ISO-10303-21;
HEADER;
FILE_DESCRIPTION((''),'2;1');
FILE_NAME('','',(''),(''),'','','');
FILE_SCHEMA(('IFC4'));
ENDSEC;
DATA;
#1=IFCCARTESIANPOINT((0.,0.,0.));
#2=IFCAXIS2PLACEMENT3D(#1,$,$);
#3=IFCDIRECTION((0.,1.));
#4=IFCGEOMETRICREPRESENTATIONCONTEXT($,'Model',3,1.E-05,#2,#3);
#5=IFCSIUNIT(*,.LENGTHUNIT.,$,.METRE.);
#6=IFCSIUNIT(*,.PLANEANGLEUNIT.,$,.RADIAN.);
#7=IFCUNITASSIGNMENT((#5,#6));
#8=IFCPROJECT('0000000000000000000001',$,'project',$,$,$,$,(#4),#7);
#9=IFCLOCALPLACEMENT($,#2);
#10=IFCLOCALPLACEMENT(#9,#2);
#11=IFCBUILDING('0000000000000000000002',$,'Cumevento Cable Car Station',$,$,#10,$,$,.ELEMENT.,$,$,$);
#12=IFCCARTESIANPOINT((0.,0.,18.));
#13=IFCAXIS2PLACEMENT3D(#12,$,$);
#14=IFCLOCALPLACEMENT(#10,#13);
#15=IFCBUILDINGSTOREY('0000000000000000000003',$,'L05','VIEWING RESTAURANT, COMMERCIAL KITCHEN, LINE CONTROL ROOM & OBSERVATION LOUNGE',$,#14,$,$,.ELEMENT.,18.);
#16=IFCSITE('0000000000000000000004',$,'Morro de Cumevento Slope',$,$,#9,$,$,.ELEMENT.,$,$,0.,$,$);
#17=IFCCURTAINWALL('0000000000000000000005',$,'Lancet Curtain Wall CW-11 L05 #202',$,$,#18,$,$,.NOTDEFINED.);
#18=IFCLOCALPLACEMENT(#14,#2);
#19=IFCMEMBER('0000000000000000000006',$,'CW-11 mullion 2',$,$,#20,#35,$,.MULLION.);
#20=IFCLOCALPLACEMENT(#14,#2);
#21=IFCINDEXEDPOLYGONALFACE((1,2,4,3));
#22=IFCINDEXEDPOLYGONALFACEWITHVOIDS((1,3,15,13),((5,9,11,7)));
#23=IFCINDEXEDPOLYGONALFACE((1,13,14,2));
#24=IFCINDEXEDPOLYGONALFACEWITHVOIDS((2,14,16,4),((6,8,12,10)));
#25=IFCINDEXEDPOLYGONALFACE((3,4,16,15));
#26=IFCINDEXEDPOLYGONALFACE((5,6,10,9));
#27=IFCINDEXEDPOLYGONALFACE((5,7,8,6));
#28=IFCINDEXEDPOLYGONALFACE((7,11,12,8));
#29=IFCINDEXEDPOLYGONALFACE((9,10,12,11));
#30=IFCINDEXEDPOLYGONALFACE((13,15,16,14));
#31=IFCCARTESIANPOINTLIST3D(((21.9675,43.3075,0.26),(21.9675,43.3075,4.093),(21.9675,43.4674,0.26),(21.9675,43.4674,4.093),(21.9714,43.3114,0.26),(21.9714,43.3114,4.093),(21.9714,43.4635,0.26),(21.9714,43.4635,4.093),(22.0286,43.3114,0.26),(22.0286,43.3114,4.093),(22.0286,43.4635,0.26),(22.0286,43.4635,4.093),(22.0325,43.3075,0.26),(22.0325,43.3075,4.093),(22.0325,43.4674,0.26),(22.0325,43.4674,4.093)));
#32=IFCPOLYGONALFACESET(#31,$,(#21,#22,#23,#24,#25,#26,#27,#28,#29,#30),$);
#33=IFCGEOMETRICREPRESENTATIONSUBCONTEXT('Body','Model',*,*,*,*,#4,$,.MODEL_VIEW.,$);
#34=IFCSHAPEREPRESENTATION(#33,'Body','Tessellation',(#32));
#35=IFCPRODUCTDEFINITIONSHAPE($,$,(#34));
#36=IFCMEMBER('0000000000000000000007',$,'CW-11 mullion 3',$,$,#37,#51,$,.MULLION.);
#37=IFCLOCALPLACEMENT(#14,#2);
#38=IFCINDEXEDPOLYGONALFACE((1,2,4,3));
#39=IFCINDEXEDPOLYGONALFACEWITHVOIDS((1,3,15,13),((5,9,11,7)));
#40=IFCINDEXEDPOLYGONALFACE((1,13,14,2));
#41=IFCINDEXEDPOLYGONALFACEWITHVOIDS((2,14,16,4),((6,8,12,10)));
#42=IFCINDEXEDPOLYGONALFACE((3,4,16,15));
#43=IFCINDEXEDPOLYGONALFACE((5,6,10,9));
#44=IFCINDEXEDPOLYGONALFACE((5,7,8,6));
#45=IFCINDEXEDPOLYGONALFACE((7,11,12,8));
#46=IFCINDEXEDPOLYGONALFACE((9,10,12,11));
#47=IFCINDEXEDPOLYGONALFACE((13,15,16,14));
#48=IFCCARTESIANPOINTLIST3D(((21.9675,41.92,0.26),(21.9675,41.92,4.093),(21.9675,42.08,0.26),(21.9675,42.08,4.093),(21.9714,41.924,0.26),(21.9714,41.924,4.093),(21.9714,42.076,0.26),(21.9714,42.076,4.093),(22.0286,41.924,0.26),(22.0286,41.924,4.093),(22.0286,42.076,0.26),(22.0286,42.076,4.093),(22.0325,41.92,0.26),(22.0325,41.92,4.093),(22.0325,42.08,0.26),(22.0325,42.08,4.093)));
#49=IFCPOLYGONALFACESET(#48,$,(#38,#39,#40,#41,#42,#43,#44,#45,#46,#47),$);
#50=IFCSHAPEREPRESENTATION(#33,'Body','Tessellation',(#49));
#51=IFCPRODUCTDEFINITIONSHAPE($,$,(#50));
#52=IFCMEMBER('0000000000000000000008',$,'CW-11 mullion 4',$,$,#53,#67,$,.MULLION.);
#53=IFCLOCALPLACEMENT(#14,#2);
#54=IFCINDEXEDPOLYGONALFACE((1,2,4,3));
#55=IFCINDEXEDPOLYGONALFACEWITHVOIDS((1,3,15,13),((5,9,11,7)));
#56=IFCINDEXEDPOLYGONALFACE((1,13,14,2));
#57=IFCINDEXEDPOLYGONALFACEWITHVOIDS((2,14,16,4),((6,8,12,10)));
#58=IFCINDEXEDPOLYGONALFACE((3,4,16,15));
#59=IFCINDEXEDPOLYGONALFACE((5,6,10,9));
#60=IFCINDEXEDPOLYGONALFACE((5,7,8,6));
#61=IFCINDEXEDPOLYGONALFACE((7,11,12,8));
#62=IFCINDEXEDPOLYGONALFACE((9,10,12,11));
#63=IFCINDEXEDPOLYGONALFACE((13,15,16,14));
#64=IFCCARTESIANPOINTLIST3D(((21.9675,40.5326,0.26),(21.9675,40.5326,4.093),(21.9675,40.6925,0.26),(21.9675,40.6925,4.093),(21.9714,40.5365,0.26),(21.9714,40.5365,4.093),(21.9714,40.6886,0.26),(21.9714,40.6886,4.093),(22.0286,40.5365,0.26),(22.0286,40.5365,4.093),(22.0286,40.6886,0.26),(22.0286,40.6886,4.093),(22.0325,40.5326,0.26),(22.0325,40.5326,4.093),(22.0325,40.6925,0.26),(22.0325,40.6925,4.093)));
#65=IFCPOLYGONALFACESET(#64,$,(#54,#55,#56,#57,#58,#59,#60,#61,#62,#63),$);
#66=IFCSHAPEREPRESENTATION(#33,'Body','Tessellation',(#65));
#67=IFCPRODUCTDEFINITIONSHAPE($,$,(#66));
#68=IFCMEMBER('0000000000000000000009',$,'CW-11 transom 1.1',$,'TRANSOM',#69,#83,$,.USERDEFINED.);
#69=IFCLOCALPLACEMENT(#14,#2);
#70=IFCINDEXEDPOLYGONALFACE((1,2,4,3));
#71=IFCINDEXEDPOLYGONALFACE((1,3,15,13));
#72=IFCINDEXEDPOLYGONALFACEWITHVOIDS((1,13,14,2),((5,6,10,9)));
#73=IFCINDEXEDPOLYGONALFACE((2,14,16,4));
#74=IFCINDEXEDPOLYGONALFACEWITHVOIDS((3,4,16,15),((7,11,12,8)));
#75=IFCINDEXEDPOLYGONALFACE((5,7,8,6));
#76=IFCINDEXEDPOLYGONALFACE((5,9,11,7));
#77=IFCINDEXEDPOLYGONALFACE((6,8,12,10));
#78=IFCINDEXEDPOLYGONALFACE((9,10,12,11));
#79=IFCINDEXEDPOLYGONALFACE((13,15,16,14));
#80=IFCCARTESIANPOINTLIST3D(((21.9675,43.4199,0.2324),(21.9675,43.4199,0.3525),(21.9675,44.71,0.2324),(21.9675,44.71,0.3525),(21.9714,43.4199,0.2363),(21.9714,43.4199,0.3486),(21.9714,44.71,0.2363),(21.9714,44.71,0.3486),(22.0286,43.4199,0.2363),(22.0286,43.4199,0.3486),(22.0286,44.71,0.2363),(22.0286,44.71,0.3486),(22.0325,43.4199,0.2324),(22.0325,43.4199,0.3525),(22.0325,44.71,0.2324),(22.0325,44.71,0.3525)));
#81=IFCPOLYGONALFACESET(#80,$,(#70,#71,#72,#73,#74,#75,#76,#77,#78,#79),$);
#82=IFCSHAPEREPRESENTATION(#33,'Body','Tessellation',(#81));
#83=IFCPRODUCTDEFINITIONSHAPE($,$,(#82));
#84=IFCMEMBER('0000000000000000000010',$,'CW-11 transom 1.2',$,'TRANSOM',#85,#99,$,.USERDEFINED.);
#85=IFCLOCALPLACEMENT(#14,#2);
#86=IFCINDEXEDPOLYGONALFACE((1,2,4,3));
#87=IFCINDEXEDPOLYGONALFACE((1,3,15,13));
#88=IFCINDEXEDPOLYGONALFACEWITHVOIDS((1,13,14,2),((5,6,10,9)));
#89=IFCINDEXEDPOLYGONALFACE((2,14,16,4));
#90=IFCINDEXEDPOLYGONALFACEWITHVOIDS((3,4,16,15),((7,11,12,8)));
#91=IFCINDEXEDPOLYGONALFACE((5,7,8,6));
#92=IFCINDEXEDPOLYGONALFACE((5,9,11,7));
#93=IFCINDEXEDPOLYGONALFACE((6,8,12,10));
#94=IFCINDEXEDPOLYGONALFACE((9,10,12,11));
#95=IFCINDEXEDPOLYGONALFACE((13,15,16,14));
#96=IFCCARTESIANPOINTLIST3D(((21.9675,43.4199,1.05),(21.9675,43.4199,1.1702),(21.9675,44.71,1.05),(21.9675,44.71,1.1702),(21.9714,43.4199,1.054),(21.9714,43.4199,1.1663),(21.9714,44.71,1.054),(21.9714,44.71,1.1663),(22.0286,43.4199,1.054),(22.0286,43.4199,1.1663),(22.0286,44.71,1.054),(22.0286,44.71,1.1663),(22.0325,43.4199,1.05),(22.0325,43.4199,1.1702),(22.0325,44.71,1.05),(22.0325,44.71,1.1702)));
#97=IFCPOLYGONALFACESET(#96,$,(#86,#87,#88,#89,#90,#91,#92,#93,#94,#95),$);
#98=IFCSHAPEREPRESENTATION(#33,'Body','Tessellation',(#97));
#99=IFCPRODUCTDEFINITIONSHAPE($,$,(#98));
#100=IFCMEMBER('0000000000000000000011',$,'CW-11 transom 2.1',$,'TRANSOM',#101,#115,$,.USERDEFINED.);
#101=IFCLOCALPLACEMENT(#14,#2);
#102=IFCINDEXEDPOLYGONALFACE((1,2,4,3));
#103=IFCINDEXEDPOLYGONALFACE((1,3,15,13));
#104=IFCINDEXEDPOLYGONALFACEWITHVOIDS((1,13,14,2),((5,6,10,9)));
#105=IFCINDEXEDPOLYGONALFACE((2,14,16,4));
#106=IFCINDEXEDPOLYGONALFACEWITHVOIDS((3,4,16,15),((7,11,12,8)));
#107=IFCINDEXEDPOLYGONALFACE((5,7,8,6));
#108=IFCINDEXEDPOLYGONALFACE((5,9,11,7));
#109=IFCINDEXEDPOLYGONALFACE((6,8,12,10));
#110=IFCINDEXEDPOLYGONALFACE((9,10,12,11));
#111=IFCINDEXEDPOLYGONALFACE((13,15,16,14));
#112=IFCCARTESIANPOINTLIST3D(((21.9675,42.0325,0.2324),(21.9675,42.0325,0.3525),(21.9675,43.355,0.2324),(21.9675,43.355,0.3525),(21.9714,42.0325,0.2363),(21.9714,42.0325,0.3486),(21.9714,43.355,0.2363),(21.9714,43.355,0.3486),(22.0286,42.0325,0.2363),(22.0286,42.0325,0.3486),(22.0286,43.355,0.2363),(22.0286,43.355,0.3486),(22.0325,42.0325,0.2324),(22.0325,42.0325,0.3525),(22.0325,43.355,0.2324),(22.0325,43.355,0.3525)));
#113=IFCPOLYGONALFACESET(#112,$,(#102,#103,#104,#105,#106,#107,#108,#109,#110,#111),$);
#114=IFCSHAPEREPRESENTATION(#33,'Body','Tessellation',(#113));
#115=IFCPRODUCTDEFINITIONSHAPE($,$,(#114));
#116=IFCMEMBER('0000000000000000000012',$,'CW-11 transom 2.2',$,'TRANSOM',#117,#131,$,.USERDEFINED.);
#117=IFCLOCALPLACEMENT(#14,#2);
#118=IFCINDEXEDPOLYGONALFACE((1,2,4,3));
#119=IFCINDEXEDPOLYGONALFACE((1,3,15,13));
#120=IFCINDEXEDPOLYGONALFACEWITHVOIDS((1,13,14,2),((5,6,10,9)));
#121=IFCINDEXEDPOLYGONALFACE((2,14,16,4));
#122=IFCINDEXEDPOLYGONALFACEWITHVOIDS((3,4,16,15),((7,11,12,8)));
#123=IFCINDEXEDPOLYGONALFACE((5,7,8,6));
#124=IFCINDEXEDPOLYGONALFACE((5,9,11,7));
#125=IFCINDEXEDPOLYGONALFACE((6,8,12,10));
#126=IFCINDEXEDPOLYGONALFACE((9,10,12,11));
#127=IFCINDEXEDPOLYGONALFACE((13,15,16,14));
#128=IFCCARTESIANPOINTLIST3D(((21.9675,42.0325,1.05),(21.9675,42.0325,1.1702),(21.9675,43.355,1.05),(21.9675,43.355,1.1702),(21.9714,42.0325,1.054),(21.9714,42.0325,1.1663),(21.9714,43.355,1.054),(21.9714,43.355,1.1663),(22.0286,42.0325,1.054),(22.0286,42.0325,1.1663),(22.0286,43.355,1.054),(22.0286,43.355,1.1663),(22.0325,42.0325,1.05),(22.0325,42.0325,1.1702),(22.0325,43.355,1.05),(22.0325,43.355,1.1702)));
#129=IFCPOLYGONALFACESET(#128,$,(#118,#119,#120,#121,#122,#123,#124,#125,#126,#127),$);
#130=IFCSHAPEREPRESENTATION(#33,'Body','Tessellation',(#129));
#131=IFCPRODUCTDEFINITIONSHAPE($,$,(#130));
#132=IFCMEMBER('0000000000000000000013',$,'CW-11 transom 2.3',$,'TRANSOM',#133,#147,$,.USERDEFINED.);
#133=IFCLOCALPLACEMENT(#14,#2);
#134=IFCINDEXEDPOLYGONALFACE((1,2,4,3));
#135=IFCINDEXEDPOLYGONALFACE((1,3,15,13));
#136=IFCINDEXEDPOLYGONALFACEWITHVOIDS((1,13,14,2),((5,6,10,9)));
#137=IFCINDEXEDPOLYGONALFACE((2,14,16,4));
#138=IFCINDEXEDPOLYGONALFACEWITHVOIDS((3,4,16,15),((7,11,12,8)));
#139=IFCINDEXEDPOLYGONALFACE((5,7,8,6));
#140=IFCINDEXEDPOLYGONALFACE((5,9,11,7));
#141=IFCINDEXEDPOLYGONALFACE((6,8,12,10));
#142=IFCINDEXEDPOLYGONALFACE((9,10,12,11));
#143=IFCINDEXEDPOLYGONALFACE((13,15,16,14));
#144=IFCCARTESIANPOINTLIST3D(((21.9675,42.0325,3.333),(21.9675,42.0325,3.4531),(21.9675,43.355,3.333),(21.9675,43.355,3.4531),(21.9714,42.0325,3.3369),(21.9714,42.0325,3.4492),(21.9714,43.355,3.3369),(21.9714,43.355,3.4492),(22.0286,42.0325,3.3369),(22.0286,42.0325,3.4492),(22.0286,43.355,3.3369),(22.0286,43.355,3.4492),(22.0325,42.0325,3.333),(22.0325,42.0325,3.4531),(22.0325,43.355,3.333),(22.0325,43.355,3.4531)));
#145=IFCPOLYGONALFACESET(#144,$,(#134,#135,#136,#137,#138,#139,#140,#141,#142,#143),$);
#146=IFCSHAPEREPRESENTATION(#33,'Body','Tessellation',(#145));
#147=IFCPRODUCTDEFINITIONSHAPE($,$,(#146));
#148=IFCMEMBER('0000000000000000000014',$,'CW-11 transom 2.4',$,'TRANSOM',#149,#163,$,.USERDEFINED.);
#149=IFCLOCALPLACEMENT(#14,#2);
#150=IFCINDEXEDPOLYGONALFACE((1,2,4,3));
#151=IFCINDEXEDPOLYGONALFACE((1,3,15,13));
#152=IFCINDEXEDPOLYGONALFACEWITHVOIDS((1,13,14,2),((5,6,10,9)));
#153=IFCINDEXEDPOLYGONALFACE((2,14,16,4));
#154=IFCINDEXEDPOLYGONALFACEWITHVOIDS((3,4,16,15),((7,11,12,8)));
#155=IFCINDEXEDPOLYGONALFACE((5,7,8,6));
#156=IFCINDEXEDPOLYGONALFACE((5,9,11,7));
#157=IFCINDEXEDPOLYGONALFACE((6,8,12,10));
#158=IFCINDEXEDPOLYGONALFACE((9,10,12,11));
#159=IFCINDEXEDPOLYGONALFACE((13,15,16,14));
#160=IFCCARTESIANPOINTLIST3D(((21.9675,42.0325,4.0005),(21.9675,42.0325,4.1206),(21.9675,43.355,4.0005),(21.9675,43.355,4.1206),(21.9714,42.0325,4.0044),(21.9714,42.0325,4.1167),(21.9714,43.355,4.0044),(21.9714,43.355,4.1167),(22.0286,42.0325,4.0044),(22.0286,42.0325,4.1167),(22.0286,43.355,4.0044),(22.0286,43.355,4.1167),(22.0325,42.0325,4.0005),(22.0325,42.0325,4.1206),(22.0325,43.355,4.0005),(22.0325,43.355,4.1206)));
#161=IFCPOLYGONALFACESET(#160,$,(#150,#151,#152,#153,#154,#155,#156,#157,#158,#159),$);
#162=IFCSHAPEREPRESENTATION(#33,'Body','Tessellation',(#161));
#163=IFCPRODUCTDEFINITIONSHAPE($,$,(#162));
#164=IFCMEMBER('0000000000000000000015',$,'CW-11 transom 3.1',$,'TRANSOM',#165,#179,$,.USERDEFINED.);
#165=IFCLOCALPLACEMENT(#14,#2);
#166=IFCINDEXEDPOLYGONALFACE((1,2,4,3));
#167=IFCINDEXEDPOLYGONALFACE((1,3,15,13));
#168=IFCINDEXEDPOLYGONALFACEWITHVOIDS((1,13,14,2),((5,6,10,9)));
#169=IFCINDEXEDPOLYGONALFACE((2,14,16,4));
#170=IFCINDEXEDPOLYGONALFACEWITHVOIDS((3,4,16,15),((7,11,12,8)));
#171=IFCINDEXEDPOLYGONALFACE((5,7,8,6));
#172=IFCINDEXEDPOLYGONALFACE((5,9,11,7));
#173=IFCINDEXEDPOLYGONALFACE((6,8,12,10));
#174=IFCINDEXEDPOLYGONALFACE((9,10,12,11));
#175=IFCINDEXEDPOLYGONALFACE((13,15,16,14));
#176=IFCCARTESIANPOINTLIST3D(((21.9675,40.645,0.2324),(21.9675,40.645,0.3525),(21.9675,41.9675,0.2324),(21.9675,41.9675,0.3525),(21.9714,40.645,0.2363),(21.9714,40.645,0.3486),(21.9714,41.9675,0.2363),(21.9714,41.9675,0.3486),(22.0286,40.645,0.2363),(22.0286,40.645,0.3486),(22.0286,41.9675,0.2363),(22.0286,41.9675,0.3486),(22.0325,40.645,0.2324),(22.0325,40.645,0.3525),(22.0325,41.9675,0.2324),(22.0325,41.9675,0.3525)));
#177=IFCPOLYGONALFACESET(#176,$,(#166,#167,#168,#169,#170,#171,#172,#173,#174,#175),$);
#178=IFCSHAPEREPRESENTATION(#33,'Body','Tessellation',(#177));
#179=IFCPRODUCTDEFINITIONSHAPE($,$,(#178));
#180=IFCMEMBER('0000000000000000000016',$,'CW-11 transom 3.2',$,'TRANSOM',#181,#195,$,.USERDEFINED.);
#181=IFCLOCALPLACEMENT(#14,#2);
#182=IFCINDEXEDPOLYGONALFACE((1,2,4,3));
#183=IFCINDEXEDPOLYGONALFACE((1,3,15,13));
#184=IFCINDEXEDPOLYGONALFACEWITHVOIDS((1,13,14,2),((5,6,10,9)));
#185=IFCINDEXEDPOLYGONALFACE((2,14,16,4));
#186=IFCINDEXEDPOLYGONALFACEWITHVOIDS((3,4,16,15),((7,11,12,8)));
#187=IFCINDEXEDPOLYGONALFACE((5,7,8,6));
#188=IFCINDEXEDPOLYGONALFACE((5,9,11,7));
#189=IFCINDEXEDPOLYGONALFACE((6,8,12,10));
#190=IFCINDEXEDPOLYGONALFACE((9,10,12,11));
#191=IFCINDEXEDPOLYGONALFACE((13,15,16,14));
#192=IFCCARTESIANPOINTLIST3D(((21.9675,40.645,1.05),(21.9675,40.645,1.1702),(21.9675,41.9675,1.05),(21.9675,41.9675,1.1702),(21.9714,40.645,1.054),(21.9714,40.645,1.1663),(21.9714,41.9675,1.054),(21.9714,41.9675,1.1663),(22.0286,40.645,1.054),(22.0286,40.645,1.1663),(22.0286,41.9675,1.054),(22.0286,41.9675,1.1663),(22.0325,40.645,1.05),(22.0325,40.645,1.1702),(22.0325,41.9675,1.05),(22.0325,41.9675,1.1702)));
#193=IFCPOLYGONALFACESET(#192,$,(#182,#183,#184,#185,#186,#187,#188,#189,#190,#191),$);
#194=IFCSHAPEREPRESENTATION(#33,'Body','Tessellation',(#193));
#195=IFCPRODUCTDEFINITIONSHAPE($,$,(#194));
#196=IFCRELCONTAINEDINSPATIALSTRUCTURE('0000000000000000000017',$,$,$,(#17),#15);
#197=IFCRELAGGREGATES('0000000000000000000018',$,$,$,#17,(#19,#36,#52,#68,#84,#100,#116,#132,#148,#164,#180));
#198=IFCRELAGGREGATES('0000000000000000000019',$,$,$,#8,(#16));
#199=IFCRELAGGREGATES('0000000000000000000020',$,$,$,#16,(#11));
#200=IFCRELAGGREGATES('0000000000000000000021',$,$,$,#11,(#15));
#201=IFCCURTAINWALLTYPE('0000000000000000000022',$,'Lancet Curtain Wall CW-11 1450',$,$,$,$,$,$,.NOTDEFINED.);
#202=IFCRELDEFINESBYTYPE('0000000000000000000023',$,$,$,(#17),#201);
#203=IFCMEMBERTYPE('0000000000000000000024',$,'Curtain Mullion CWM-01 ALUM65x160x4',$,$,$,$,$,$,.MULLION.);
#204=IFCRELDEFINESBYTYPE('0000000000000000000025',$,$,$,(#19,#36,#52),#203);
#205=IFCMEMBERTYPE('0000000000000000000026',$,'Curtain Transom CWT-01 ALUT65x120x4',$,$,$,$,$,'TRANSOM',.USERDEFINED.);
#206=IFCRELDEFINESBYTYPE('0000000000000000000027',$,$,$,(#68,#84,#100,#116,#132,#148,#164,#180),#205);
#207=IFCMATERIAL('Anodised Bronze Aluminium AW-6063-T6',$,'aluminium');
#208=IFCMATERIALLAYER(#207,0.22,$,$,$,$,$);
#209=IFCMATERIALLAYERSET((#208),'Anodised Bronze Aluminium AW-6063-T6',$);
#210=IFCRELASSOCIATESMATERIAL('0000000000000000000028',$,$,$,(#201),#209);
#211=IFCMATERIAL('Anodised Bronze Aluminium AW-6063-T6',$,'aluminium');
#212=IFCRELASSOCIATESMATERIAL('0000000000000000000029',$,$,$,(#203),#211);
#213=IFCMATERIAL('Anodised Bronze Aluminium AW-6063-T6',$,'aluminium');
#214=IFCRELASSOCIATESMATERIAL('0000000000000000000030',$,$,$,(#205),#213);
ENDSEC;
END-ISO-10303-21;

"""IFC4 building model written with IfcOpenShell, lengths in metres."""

from ifc_helpers import new_model, si_unit, direction, frame, origin, origin_2d, place, context, subcontext, project, spatial, hollow_rectangle, extrude, material, layer, layer_set, material_profile, profile_set, type_object, element, aggregate, save


model = new_model("IFC4")

# Units and contexts
model_context = context("Model", 3, precision=1e-05, world=origin(), true_north=direction((0.0, 1.0)))
body_context = subcontext(model_context, "Body", "Model", "MODEL_VIEW")
ifc_project = project(units=[si_unit("LENGTHUNIT", "METRE"), si_unit("PLANEANGLEUNIT", "RADIAN")], contexts=[model_context])

# Site, building, storey
site_placement = place(None, origin())
site = spatial("IfcSite", under=ifc_project, at=site_placement, Name="Morro de Cumevento Slope", CompositionType="ELEMENT", RefElevation=0.0)
building_placement = place(site_placement, origin())
building = spatial("IfcBuilding", under=site, at=building_placement, Name="Cumevento Cable Car Station", CompositionType="ELEMENT")
storey_placement = place(building_placement, frame((0.0, 0.0, 18.0)))
storey = spatial("IfcBuildingStorey", under=building, at=storey_placement, Name="L05", Description="VIEWING RESTAURANT, COMMERCIAL KITCHEN, LINE CONTROL ROOM & OBSERVATION LOUNGE", CompositionType="ELEMENT", Elevation=18.0)

# Curtain wall, members
ifc_material_1 = material(Name="Anodised Bronze Aluminium AW-6063-T6", Category="aluminium")
ifc_layer_1 = layer(ifc_material_1, 0.22)
ifc_layer_set_1 = layer_set([ifc_layer_1], Name="Anodised Bronze Aluminium AW-6063-T6")
curtain_wall_type = type_object("IfcCurtainWallType", Name="Lancet Curtain Wall CW-11 1450", PredefinedType="NOTDEFINED", material=ifc_layer_set_1)
curtain_wall_placement = place(storey_placement, origin())
curtain_wall = element("IfcCurtainWall", 1, at=curtain_wall_placement, inside=storey, type_object=curtain_wall_type, Name="Lancet Curtain Wall CW-11 L05 #202", PredefinedType="NOTDEFINED")
ifc_material_2 = material(Name="Anodised Bronze Aluminium AW-6063-T6", Category="aluminium")
ifc_material_profile_1 = material_profile(ifc_material_2, hollow_rectangle(XDim=0.0649, YDim=0.1599, WallThickness=0.0039, at=origin_2d()), Name="ALUM65x160x4")
ifc_profile_set_1 = profile_set([ifc_material_profile_1], Name="Anodised Bronze Aluminium AW-6063-T6")
member_type_1 = type_object("IfcMemberType", Name="Curtain Mullion CWM-01 ALUM65x160x4", PredefinedType="MULLION", material=ifc_profile_set_1)
member_1_placement = place(storey_placement, frame((22.0, 43.3875, 0.26), z_axis=(0.0, 0.0, 1.0), x_axis=(1.0, 0.0, 0.0)))
member_1 = element("IfcMember", 2, at=member_1_placement, type_object=member_type_1, Name="CW-11 mullion 2", PredefinedType="MULLION", context=body_context, shape_type="SweptSolid", body=[
    extrude(hollow_rectangle(XDim=0.0649, YDim=0.1599, WallThickness=0.0039, at=origin_2d()), origin(), (0.0, 0.0, 1.0), 3.833),
])
member_2_placement = place(storey_placement, frame((22.0, 42.0, 0.26), z_axis=(0.0, 0.0, 1.0), x_axis=(1.0, 0.0, 0.0)))
member_2 = element("IfcMember", 3, at=member_2_placement, type_object=member_type_1, Name="CW-11 mullion 3", PredefinedType="MULLION", context=body_context, shape_type="SweptSolid", body=[
    extrude(hollow_rectangle(XDim=0.0649, YDim=0.1599, WallThickness=0.0039, at=origin_2d()), origin(), (0.0, 0.0, 1.0), 3.833),
])
member_3_placement = place(storey_placement, frame((22.0, 40.6125, 0.26), z_axis=(0.0, 0.0, 1.0), x_axis=(1.0, 0.0, 0.0)))
member_3 = element("IfcMember", 4, at=member_3_placement, type_object=member_type_1, Name="CW-11 mullion 4", PredefinedType="MULLION", context=body_context, shape_type="SweptSolid", body=[
    extrude(hollow_rectangle(XDim=0.0649, YDim=0.1599, WallThickness=0.0039, at=origin_2d()), origin(), (0.0, 0.0, 1.0), 3.833),
])
ifc_material_3 = material(Name="Anodised Bronze Aluminium AW-6063-T6", Category="aluminium")
ifc_material_profile_2 = material_profile(ifc_material_3, hollow_rectangle(XDim=0.0649, YDim=0.1201, WallThickness=0.0039, at=origin_2d()), Name="ALUT65x120x4")
ifc_profile_set_2 = profile_set([ifc_material_profile_2], Name="Anodised Bronze Aluminium AW-6063-T6")
member_type_2 = type_object("IfcMemberType", Name="Curtain Transom CWT-01 ALUT65x120x4", ElementType="TRANSOM", PredefinedType="USERDEFINED", material=ifc_profile_set_2)
member_4_placement = place(storey_placement, frame((22.0, 44.71, 0.2925), z_axis=(0.0, -1.0, 0.0), x_axis=(1.0, 0.0, 0.0)))
member_4 = element("IfcMember", 5, at=member_4_placement, type_object=member_type_2, Name="CW-11 transom 1.1", ObjectType="TRANSOM", PredefinedType="USERDEFINED", context=body_context, shape_type="SweptSolid", body=[
    extrude(hollow_rectangle(XDim=0.0649, YDim=0.1201, WallThickness=0.0039, at=origin_2d()), origin(), (0.0, 0.0, 1.0), 1.29),
])
member_5_placement = place(storey_placement, frame((22.0, 44.71, 1.1101), z_axis=(0.0, -1.0, 0.0), x_axis=(1.0, 0.0, 0.0)))
member_5 = element("IfcMember", 6, at=member_5_placement, type_object=member_type_2, Name="CW-11 transom 1.2", ObjectType="TRANSOM", PredefinedType="USERDEFINED", context=body_context, shape_type="SweptSolid", body=[
    extrude(hollow_rectangle(XDim=0.0649, YDim=0.1201, WallThickness=0.0039, at=origin_2d()), origin(), (0.0, 0.0, 1.0), 1.29),
])
member_6_placement = place(storey_placement, frame((22.0, 43.355, 0.2925), z_axis=(0.0, -1.0, 0.0), x_axis=(1.0, 0.0, 0.0)))
member_6 = element("IfcMember", 7, at=member_6_placement, type_object=member_type_2, Name="CW-11 transom 2.1", ObjectType="TRANSOM", PredefinedType="USERDEFINED", context=body_context, shape_type="SweptSolid", body=[
    extrude(hollow_rectangle(XDim=0.0649, YDim=0.1201, WallThickness=0.0039, at=origin_2d()), origin(), (0.0, 0.0, 1.0), 1.3225),
])
member_7_placement = place(storey_placement, frame((22.0, 43.355, 1.1101), z_axis=(0.0, -1.0, 0.0), x_axis=(1.0, 0.0, 0.0)))
member_7 = element("IfcMember", 8, at=member_7_placement, type_object=member_type_2, Name="CW-11 transom 2.2", ObjectType="TRANSOM", PredefinedType="USERDEFINED", context=body_context, shape_type="SweptSolid", body=[
    extrude(hollow_rectangle(XDim=0.0649, YDim=0.1201, WallThickness=0.0039, at=origin_2d()), origin(), (0.0, 0.0, 1.0), 1.3225),
])
member_8_placement = place(storey_placement, frame((22.0, 43.355, 3.3931), z_axis=(0.0, -1.0, 0.0), x_axis=(1.0, 0.0, 0.0)))
member_8 = element("IfcMember", 9, at=member_8_placement, type_object=member_type_2, Name="CW-11 transom 2.3", ObjectType="TRANSOM", PredefinedType="USERDEFINED", context=body_context, shape_type="SweptSolid", body=[
    extrude(hollow_rectangle(XDim=0.0649, YDim=0.1201, WallThickness=0.0039, at=origin_2d()), origin(), (0.0, 0.0, 1.0), 1.3225),
])
member_9_placement = place(storey_placement, frame((22.0, 43.355, 4.0605), z_axis=(0.0, -1.0, 0.0), x_axis=(1.0, 0.0, 0.0)))
member_9 = element("IfcMember", 10, at=member_9_placement, type_object=member_type_2, Name="CW-11 transom 2.4", ObjectType="TRANSOM", PredefinedType="USERDEFINED", context=body_context, shape_type="SweptSolid", body=[
    extrude(hollow_rectangle(XDim=0.0649, YDim=0.1201, WallThickness=0.0039, at=origin_2d()), origin(), (0.0, 0.0, 1.0), 1.3225),
])
member_10_placement = place(storey_placement, frame((22.0, 41.9675, 0.2925), z_axis=(0.0, -1.0, 0.0), x_axis=(1.0, 0.0, 0.0)))
member_10 = element("IfcMember", 11, at=member_10_placement, type_object=member_type_2, Name="CW-11 transom 3.1", ObjectType="TRANSOM", PredefinedType="USERDEFINED", context=body_context, shape_type="SweptSolid", body=[
    extrude(hollow_rectangle(XDim=0.0649, YDim=0.1201, WallThickness=0.0039, at=origin_2d()), origin(), (0.0, 0.0, 1.0), 1.3225),
])
member_11_placement = place(storey_placement, frame((22.0, 41.9675, 1.1101), z_axis=(0.0, -1.0, 0.0), x_axis=(1.0, 0.0, 0.0)))
member_11 = element("IfcMember", 12, at=member_11_placement, type_object=member_type_2, Name="CW-11 transom 3.2", ObjectType="TRANSOM", PredefinedType="USERDEFINED", context=body_context, shape_type="SweptSolid", body=[
    extrude(hollow_rectangle(XDim=0.0649, YDim=0.1201, WallThickness=0.0039, at=origin_2d()), origin(), (0.0, 0.0, 1.0), 1.3225),
])
aggregate(curtain_wall, [member_1, member_2, member_3, member_4, member_5, member_6, member_7, member_8, member_9, member_10, member_11])

save(model, "model.ifc")
